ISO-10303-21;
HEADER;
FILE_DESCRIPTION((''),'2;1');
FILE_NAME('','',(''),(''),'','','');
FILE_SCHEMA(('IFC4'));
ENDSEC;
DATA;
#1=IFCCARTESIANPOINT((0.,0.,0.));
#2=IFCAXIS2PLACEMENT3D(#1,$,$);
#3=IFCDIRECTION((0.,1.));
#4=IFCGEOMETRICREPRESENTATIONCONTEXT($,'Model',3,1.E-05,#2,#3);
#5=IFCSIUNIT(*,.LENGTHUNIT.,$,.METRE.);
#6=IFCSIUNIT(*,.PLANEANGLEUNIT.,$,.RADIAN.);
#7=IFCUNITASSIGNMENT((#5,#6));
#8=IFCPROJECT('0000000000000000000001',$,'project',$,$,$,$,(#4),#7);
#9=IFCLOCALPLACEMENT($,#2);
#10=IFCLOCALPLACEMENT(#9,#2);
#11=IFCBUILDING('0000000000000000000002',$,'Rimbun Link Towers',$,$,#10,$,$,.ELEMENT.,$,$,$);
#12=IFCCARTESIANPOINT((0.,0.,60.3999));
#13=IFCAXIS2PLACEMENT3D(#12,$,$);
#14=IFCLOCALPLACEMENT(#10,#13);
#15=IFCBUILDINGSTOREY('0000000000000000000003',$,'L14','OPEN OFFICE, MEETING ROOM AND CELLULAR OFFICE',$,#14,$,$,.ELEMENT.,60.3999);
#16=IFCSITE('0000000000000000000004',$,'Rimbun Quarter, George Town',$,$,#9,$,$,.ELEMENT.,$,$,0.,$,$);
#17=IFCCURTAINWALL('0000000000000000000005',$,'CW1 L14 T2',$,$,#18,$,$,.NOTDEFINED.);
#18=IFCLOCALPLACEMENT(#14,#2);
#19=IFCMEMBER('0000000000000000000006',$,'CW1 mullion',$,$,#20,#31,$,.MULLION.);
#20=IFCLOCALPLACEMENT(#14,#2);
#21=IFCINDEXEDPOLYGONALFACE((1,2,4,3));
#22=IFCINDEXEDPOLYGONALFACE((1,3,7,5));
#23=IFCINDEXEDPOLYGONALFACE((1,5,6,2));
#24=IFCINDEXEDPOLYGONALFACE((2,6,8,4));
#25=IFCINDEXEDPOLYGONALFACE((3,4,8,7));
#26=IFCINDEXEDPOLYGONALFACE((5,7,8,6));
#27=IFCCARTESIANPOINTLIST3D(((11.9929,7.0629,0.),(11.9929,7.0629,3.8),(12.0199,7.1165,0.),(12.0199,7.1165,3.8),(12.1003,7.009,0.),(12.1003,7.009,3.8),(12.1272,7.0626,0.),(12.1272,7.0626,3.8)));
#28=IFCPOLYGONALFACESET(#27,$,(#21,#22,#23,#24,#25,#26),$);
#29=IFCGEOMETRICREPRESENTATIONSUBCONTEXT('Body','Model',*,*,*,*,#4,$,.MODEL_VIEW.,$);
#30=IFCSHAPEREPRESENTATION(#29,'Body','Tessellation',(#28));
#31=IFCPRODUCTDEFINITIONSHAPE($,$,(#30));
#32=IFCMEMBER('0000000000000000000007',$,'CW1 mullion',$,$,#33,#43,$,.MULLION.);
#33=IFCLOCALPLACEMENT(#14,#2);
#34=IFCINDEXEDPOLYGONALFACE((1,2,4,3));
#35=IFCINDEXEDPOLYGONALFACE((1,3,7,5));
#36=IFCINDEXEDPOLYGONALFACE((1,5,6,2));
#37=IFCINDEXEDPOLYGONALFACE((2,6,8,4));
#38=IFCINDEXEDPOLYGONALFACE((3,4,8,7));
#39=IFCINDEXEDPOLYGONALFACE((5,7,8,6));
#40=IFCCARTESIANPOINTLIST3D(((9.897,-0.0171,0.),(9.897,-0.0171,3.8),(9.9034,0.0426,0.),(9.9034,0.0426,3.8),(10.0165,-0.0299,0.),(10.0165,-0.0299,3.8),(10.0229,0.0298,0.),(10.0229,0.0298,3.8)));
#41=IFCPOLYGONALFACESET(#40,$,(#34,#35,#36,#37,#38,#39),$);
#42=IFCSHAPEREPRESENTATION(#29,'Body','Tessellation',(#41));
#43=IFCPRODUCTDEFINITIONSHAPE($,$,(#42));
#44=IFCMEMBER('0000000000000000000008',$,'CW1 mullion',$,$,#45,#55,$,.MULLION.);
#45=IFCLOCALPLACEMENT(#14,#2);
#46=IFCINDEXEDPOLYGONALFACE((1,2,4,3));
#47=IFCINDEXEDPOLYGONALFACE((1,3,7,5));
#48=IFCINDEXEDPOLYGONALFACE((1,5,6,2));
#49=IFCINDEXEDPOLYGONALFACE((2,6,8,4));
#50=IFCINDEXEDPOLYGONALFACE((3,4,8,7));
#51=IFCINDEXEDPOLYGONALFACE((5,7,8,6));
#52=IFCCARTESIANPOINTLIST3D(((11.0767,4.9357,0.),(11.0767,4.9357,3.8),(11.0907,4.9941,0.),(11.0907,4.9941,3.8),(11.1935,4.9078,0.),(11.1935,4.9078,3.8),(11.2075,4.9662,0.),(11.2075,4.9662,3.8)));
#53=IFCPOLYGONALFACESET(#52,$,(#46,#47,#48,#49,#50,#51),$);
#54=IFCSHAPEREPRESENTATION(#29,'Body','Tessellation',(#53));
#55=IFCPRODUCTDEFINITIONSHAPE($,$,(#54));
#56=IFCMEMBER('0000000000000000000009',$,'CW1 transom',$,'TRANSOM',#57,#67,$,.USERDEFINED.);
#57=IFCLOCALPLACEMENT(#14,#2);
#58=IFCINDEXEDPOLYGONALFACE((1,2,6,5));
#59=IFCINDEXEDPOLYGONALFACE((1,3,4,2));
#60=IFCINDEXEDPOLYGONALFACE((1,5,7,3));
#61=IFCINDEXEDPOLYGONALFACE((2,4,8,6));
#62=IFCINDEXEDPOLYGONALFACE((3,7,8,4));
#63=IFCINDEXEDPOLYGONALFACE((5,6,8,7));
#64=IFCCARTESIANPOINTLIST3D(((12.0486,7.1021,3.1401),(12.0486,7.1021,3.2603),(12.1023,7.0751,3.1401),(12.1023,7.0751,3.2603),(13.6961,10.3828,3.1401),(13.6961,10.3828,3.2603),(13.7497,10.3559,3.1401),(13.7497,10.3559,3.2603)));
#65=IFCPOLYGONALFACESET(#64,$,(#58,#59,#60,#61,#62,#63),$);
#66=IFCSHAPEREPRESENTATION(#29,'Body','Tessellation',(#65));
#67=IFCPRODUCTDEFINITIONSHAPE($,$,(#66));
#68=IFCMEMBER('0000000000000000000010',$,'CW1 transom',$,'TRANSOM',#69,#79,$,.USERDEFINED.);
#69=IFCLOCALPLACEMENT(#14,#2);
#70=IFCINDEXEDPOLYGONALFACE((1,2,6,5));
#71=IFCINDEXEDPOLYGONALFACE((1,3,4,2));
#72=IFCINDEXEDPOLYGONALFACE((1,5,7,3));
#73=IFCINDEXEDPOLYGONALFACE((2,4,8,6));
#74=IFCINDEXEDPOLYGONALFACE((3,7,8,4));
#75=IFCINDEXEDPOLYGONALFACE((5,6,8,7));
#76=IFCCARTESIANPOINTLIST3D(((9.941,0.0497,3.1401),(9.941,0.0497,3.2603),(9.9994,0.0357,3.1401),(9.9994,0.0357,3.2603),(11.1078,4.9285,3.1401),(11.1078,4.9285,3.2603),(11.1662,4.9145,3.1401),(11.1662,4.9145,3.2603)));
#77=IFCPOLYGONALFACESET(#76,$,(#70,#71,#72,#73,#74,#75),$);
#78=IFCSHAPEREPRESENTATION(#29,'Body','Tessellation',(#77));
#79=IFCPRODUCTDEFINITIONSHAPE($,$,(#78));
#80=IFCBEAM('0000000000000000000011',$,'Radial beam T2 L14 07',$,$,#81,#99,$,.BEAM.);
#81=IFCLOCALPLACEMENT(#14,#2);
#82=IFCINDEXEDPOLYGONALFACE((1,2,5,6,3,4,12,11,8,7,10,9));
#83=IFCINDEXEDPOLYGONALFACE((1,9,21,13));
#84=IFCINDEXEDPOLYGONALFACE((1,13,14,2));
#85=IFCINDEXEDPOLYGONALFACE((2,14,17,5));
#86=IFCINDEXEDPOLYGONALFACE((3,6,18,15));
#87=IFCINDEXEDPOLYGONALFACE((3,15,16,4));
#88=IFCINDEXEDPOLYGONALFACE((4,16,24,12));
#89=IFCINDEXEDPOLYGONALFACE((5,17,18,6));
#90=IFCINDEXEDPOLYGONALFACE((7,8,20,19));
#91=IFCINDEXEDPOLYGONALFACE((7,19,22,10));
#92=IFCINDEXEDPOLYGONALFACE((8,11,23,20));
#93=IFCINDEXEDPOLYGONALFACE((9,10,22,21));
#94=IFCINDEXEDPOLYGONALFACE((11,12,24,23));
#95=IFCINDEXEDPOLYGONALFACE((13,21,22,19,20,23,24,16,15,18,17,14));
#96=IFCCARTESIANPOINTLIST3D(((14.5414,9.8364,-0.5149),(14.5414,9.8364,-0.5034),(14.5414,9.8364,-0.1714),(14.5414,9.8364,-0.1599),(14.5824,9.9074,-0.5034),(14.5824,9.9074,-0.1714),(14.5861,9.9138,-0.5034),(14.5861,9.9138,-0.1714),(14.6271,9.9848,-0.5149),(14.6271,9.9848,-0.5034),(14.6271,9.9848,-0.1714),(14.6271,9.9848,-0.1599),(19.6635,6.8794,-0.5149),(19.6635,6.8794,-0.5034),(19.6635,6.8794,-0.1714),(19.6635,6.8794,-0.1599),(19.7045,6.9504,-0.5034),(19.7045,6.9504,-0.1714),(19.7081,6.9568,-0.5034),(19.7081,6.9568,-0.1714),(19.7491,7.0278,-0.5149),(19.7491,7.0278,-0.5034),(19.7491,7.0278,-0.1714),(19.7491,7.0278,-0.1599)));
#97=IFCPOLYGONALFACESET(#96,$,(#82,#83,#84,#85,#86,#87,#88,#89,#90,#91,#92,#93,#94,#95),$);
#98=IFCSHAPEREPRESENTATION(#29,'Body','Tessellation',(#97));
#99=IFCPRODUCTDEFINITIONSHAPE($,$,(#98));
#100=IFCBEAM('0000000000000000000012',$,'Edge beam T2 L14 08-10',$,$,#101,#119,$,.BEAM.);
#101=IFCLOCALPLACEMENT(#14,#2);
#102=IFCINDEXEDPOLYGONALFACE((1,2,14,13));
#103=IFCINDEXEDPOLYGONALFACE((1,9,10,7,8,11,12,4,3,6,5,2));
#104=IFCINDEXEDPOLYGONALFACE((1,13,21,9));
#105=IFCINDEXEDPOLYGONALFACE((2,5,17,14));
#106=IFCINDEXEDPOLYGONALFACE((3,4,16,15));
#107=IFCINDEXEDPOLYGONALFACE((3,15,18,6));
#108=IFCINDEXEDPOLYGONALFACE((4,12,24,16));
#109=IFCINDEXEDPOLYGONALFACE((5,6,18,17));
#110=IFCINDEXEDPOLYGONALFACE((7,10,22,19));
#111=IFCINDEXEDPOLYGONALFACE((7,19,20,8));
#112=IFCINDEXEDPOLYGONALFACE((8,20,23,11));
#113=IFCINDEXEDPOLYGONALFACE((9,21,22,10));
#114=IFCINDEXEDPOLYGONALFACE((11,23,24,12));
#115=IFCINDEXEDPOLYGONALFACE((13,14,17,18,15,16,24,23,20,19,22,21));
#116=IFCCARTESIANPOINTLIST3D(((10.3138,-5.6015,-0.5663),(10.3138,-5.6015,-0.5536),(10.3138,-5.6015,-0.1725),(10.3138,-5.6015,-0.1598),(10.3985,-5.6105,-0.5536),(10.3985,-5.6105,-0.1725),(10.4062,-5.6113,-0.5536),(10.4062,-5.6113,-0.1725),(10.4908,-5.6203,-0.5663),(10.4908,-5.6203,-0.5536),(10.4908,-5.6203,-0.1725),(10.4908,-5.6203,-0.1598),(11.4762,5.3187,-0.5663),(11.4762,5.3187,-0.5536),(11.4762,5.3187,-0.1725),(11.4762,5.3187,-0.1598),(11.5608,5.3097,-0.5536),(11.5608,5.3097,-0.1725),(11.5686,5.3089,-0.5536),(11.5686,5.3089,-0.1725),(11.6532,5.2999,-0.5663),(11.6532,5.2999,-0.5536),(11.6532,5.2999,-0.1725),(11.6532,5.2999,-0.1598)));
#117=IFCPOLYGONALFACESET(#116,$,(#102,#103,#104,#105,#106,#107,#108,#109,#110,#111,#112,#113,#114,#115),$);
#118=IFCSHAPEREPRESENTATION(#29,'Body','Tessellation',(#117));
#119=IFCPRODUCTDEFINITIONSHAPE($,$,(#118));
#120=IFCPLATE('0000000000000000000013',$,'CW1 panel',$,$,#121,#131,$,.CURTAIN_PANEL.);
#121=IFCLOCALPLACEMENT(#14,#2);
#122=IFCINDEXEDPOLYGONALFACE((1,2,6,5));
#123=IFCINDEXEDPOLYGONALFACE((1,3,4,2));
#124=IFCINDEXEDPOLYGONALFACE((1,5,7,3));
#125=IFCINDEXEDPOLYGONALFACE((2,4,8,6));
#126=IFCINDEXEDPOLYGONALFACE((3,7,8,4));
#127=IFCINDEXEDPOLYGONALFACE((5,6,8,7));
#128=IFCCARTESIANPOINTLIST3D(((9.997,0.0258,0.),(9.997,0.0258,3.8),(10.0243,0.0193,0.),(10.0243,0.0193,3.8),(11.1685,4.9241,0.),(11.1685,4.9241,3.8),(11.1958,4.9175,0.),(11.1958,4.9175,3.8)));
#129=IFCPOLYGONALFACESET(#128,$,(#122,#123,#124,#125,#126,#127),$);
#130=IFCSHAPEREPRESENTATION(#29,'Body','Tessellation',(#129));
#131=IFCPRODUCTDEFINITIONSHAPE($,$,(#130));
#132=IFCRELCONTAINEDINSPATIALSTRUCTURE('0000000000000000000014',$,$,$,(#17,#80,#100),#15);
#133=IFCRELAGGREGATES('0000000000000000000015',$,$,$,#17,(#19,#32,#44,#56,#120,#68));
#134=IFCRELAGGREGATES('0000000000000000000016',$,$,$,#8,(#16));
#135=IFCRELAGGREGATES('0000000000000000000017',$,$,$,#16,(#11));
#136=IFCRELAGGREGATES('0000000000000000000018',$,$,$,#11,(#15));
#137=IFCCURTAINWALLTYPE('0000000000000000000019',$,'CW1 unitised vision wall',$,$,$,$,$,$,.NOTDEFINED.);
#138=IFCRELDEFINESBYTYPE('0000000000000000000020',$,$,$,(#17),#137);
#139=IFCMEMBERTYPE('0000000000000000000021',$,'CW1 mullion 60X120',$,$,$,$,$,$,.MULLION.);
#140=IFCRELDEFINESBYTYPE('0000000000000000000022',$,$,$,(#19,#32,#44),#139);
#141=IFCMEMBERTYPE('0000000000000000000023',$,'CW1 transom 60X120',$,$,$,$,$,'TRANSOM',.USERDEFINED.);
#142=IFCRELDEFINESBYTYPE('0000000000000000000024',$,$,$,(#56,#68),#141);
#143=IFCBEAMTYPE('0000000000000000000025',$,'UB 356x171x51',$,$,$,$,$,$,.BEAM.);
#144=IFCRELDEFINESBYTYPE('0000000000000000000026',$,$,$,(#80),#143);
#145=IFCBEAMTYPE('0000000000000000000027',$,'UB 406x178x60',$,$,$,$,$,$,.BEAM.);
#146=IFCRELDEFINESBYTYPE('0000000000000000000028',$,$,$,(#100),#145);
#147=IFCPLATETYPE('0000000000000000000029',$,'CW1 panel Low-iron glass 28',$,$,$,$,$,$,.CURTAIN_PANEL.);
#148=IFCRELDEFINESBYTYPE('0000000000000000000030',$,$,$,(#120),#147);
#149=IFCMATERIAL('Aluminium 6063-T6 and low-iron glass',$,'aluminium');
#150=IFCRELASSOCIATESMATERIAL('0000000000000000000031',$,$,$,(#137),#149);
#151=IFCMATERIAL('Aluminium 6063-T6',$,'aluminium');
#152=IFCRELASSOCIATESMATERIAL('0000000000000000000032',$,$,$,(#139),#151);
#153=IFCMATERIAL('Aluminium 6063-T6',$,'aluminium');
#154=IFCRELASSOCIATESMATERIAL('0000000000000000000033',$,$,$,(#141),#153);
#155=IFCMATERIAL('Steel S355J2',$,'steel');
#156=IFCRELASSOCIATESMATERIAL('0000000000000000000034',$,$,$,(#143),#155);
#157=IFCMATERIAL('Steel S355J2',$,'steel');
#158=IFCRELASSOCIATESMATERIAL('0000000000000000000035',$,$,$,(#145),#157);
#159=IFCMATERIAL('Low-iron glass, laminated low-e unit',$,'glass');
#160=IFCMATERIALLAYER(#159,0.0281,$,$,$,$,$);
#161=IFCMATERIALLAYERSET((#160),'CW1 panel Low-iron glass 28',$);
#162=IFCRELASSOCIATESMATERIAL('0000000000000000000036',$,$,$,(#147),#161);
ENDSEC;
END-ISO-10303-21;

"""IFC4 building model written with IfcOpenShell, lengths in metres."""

from ifc_helpers import new_model, si_unit, direction, frame, origin, origin_2d, place, context, subcontext, project, spatial, rectangle, i_section, extrude, material, layer, layer_set, material_profile, profile_set, type_object, element, aggregate, save


model = new_model("IFC4")

# Units and contexts
model_context = context("Model", 3, precision=1e-05, world=origin(), true_north=direction((0.0, 1.0)))
body_context = subcontext(model_context, "Body", "Model", "MODEL_VIEW")
ifc_project = project(units=[si_unit("LENGTHUNIT", "METRE"), si_unit("PLANEANGLEUNIT", "RADIAN")], contexts=[model_context])

# Site, building, storey
site_placement = place(None, origin())
site = spatial("IfcSite", under=ifc_project, at=site_placement, Name="Rimbun Quarter, George Town", CompositionType="ELEMENT", RefElevation=0.0)
building_placement = place(site_placement, origin())
building = spatial("IfcBuilding", under=site, at=building_placement, Name="Rimbun Link Towers", CompositionType="ELEMENT")
storey_placement = place(building_placement, frame((0.0, 0.0, 60.3999)))
storey = spatial("IfcBuildingStorey", under=building, at=storey_placement, Name="L14", Description="OPEN OFFICE, MEETING ROOM AND CELLULAR OFFICE", CompositionType="ELEMENT", Elevation=60.3999)

# Curtain wall, members
ifc_material_1 = material(Name="Aluminium 6063-T6 and low-iron glass", Category="aluminium")
curtain_wall_type = type_object("IfcCurtainWallType", Name="CW1 unitised vision wall", PredefinedType="NOTDEFINED", material=ifc_material_1)
curtain_wall_placement = place(storey_placement, origin())
curtain_wall = element("IfcCurtainWall", 1, at=curtain_wall_placement, inside=storey, type_object=curtain_wall_type, Name="CW1 L14 T2", PredefinedType="NOTDEFINED")
ifc_material_2 = material(Name="Aluminium 6063-T6", Category="aluminium")
ifc_material_profile_1 = material_profile(ifc_material_2, rectangle(XDim=0.1201, YDim=0.0601, at=origin_2d()), Name="MULLION 60X120")
ifc_profile_set_1 = profile_set([ifc_material_profile_1], Name="Aluminium 6063-T6")
member_type_1 = type_object("IfcMemberType", Name="CW1 mullion 60X120", PredefinedType="MULLION", material=ifc_profile_set_1)
member_1_placement = place(storey_placement, frame((12.0601, 7.0627, 0.0), z_axis=(0.0, 0.0, 1.0), x_axis=(-0.893638, 0.448789, 0.0)))
member_1 = element("IfcMember", 2, at=member_1_placement, type_object=member_type_1, Name="CW1 mullion", PredefinedType="MULLION", context=body_context, shape_type="SweptSolid", body=[
    extrude(rectangle(XDim=0.1201, YDim=0.0601, at=origin_2d()), origin(), (0.0, 0.0, 1.0), 3.8),
])
member_2_placement = place(storey_placement, frame((9.96, 0.0063, 0.0), z_axis=(0.0, 0.0, 1.0), x_axis=(-0.994298, 0.10664, 0.0)))
member_2 = element("IfcMember", 3, at=member_2_placement, type_object=member_type_1, Name="CW1 mullion", PredefinedType="MULLION", context=body_context, shape_type="SweptSolid", body=[
    extrude(rectangle(XDim=0.1201, YDim=0.0601, at=origin_2d()), origin(), (0.0, 0.0, 1.0), 3.8),
])
member_3_placement = place(storey_placement, frame((11.1421, 4.9509, 0.0), z_axis=(0.0, 0.0, 1.0), x_axis=(-0.972572, 0.232603, 0.0)))
member_3 = element("IfcMember", 4, at=member_3_placement, type_object=member_type_1, Name="CW1 mullion", PredefinedType="MULLION", context=body_context, shape_type="SweptSolid", body=[
    extrude(rectangle(XDim=0.1201, YDim=0.0601, at=origin_2d()), origin(), (0.0, 0.0, 1.0), 3.8),
])
ifc_material_3 = material(Name="Aluminium 6063-T6", Category="aluminium")
ifc_material_profile_2 = material_profile(ifc_material_3, rectangle(XDim=0.0601, YDim=0.1201, at=origin_2d()), Name="TRANSOM 60X120")
ifc_profile_set_2 = profile_set([ifc_material_profile_2], Name="Aluminium 6063-T6")
member_type_2 = type_object("IfcMemberType", Name="CW1 transom 60X120", ElementType="TRANSOM", PredefinedType="USERDEFINED", material=ifc_profile_set_2)
member_4_placement = place(storey_placement, frame((12.0754, 7.0886, 3.2002), z_axis=(0.448756, 0.893654, 0.0), x_axis=(-0.893654, 0.448756, 0.0)))
member_4 = element("IfcMember", 5, at=member_4_placement, type_object=member_type_2, Name="CW1 transom", ObjectType="TRANSOM", PredefinedType="USERDEFINED", context=body_context, shape_type="SweptSolid", body=[
    extrude(rectangle(XDim=0.0601, YDim=0.1201, at=origin_2d()), origin(), (0.0, 0.0, 1.0), 3.6711),
])
member_5_placement = place(storey_placement, frame((9.9702, 0.0427, 3.2002), z_axis=(0.232594, 0.972574, 0.0), x_axis=(-0.972574, 0.232594, 0.0)))
member_5 = element("IfcMember", 6, at=member_5_placement, type_object=member_type_2, Name="CW1 transom", ObjectType="TRANSOM", PredefinedType="USERDEFINED", context=body_context, shape_type="SweptSolid", body=[
    extrude(rectangle(XDim=0.0601, YDim=0.1201, at=origin_2d()), origin(), (0.0, 0.0, 1.0), 5.0164),
])

# Beams
ifc_material_4 = material(Name="Steel S355J2", Category="steel")
ifc_material_profile_3 = material_profile(ifc_material_4, i_section(OverallWidth=0.1714, OverallDepth=0.355, WebThickness=0.0073, FlangeThickness=0.0115, at=origin_2d()), Name="UB 356x171x51")
ifc_profile_set_3 = profile_set([ifc_material_profile_3], Name="Steel S355J2")
beam_type_1 = type_object("IfcBeamType", Name="UB 356x171x51", PredefinedType="BEAM", material=ifc_profile_set_3)
beam_1_placement = place(storey_placement, frame((19.7063, 6.9536, -0.3374), z_axis=(-0.86604, 0.499975, 0.0), x_axis=(-0.499975, -0.86604, 0.0)))
element("IfcBeam", 7, at=beam_1_placement, inside=storey, type_object=beam_type_1, Name="Radial beam T2 L14 07", PredefinedType="BEAM", context=body_context, shape_type="SweptSolid", body=[
    extrude(i_section(OverallWidth=0.1714, OverallDepth=0.355, WebThickness=0.0073, FlangeThickness=0.0115, at=origin_2d()), origin(), (0.0, 0.0, 1.0), 5.9143),
])
ifc_material_5 = material(Name="Steel S355J2", Category="steel")
ifc_material_profile_4 = material_profile(ifc_material_5, i_section(OverallWidth=0.178, OverallDepth=0.4065, WebThickness=0.0078, FlangeThickness=0.0127, at=origin_2d()), Name="UB 406x178x60")
ifc_profile_set_4 = profile_set([ifc_material_profile_4], Name="Steel S355J2")
beam_type_2 = type_object("IfcBeamType", Name="UB 406x178x60", PredefinedType="BEAM", material=ifc_profile_set_4)
beam_2_placement = place(storey_placement, frame((11.5647, 5.3093, -0.363), z_axis=(-0.105843, -0.994383, 0.0), x_axis=(0.994383, -0.105843, 0.0)))
element("IfcBeam", 8, at=beam_2_placement, inside=storey, type_object=beam_type_2, Name="Edge beam T2 L14 08-10", PredefinedType="BEAM", context=body_context, shape_type="SweptSolid", body=[
    extrude(i_section(OverallWidth=0.178, OverallDepth=0.4065, WebThickness=0.0078, FlangeThickness=0.0127, at=origin_2d()), origin(), (0.0, 0.0, 1.0), 10.9819),
])

# Plate
ifc_material_6 = material(Name="Low-iron glass, laminated low-e unit", Category="glass")
ifc_layer_1 = layer(ifc_material_6, 0.0281)
ifc_layer_set_1 = layer_set([ifc_layer_1], Name="CW1 panel Low-iron glass 28")
plate_type = type_object("IfcPlateType", Name="CW1 panel Low-iron glass 28", PredefinedType="CURTAIN_PANEL", material=ifc_layer_set_1)
plate_placement = place(storey_placement, frame((10.5964, 2.4717, 0.0), z_axis=(0.0, 0.0, 1.0), x_axis=(0.232603, 0.972572, 0.0)))
plate = element("IfcPlate", 9, at=plate_placement, type_object=plate_type, Name="CW1 panel", PredefinedType="CURTAIN_PANEL", context=body_context, shape_type="SweptSolid", body=[
    extrude(rectangle(XDim=5.0364, YDim=0.0281, at=origin_2d()), origin(), (0.0, 0.0, 1.0), 3.8),
])
aggregate(curtain_wall, [member_1, member_2, member_3, member_4, plate, member_5])

save(model, "model.ifc")
